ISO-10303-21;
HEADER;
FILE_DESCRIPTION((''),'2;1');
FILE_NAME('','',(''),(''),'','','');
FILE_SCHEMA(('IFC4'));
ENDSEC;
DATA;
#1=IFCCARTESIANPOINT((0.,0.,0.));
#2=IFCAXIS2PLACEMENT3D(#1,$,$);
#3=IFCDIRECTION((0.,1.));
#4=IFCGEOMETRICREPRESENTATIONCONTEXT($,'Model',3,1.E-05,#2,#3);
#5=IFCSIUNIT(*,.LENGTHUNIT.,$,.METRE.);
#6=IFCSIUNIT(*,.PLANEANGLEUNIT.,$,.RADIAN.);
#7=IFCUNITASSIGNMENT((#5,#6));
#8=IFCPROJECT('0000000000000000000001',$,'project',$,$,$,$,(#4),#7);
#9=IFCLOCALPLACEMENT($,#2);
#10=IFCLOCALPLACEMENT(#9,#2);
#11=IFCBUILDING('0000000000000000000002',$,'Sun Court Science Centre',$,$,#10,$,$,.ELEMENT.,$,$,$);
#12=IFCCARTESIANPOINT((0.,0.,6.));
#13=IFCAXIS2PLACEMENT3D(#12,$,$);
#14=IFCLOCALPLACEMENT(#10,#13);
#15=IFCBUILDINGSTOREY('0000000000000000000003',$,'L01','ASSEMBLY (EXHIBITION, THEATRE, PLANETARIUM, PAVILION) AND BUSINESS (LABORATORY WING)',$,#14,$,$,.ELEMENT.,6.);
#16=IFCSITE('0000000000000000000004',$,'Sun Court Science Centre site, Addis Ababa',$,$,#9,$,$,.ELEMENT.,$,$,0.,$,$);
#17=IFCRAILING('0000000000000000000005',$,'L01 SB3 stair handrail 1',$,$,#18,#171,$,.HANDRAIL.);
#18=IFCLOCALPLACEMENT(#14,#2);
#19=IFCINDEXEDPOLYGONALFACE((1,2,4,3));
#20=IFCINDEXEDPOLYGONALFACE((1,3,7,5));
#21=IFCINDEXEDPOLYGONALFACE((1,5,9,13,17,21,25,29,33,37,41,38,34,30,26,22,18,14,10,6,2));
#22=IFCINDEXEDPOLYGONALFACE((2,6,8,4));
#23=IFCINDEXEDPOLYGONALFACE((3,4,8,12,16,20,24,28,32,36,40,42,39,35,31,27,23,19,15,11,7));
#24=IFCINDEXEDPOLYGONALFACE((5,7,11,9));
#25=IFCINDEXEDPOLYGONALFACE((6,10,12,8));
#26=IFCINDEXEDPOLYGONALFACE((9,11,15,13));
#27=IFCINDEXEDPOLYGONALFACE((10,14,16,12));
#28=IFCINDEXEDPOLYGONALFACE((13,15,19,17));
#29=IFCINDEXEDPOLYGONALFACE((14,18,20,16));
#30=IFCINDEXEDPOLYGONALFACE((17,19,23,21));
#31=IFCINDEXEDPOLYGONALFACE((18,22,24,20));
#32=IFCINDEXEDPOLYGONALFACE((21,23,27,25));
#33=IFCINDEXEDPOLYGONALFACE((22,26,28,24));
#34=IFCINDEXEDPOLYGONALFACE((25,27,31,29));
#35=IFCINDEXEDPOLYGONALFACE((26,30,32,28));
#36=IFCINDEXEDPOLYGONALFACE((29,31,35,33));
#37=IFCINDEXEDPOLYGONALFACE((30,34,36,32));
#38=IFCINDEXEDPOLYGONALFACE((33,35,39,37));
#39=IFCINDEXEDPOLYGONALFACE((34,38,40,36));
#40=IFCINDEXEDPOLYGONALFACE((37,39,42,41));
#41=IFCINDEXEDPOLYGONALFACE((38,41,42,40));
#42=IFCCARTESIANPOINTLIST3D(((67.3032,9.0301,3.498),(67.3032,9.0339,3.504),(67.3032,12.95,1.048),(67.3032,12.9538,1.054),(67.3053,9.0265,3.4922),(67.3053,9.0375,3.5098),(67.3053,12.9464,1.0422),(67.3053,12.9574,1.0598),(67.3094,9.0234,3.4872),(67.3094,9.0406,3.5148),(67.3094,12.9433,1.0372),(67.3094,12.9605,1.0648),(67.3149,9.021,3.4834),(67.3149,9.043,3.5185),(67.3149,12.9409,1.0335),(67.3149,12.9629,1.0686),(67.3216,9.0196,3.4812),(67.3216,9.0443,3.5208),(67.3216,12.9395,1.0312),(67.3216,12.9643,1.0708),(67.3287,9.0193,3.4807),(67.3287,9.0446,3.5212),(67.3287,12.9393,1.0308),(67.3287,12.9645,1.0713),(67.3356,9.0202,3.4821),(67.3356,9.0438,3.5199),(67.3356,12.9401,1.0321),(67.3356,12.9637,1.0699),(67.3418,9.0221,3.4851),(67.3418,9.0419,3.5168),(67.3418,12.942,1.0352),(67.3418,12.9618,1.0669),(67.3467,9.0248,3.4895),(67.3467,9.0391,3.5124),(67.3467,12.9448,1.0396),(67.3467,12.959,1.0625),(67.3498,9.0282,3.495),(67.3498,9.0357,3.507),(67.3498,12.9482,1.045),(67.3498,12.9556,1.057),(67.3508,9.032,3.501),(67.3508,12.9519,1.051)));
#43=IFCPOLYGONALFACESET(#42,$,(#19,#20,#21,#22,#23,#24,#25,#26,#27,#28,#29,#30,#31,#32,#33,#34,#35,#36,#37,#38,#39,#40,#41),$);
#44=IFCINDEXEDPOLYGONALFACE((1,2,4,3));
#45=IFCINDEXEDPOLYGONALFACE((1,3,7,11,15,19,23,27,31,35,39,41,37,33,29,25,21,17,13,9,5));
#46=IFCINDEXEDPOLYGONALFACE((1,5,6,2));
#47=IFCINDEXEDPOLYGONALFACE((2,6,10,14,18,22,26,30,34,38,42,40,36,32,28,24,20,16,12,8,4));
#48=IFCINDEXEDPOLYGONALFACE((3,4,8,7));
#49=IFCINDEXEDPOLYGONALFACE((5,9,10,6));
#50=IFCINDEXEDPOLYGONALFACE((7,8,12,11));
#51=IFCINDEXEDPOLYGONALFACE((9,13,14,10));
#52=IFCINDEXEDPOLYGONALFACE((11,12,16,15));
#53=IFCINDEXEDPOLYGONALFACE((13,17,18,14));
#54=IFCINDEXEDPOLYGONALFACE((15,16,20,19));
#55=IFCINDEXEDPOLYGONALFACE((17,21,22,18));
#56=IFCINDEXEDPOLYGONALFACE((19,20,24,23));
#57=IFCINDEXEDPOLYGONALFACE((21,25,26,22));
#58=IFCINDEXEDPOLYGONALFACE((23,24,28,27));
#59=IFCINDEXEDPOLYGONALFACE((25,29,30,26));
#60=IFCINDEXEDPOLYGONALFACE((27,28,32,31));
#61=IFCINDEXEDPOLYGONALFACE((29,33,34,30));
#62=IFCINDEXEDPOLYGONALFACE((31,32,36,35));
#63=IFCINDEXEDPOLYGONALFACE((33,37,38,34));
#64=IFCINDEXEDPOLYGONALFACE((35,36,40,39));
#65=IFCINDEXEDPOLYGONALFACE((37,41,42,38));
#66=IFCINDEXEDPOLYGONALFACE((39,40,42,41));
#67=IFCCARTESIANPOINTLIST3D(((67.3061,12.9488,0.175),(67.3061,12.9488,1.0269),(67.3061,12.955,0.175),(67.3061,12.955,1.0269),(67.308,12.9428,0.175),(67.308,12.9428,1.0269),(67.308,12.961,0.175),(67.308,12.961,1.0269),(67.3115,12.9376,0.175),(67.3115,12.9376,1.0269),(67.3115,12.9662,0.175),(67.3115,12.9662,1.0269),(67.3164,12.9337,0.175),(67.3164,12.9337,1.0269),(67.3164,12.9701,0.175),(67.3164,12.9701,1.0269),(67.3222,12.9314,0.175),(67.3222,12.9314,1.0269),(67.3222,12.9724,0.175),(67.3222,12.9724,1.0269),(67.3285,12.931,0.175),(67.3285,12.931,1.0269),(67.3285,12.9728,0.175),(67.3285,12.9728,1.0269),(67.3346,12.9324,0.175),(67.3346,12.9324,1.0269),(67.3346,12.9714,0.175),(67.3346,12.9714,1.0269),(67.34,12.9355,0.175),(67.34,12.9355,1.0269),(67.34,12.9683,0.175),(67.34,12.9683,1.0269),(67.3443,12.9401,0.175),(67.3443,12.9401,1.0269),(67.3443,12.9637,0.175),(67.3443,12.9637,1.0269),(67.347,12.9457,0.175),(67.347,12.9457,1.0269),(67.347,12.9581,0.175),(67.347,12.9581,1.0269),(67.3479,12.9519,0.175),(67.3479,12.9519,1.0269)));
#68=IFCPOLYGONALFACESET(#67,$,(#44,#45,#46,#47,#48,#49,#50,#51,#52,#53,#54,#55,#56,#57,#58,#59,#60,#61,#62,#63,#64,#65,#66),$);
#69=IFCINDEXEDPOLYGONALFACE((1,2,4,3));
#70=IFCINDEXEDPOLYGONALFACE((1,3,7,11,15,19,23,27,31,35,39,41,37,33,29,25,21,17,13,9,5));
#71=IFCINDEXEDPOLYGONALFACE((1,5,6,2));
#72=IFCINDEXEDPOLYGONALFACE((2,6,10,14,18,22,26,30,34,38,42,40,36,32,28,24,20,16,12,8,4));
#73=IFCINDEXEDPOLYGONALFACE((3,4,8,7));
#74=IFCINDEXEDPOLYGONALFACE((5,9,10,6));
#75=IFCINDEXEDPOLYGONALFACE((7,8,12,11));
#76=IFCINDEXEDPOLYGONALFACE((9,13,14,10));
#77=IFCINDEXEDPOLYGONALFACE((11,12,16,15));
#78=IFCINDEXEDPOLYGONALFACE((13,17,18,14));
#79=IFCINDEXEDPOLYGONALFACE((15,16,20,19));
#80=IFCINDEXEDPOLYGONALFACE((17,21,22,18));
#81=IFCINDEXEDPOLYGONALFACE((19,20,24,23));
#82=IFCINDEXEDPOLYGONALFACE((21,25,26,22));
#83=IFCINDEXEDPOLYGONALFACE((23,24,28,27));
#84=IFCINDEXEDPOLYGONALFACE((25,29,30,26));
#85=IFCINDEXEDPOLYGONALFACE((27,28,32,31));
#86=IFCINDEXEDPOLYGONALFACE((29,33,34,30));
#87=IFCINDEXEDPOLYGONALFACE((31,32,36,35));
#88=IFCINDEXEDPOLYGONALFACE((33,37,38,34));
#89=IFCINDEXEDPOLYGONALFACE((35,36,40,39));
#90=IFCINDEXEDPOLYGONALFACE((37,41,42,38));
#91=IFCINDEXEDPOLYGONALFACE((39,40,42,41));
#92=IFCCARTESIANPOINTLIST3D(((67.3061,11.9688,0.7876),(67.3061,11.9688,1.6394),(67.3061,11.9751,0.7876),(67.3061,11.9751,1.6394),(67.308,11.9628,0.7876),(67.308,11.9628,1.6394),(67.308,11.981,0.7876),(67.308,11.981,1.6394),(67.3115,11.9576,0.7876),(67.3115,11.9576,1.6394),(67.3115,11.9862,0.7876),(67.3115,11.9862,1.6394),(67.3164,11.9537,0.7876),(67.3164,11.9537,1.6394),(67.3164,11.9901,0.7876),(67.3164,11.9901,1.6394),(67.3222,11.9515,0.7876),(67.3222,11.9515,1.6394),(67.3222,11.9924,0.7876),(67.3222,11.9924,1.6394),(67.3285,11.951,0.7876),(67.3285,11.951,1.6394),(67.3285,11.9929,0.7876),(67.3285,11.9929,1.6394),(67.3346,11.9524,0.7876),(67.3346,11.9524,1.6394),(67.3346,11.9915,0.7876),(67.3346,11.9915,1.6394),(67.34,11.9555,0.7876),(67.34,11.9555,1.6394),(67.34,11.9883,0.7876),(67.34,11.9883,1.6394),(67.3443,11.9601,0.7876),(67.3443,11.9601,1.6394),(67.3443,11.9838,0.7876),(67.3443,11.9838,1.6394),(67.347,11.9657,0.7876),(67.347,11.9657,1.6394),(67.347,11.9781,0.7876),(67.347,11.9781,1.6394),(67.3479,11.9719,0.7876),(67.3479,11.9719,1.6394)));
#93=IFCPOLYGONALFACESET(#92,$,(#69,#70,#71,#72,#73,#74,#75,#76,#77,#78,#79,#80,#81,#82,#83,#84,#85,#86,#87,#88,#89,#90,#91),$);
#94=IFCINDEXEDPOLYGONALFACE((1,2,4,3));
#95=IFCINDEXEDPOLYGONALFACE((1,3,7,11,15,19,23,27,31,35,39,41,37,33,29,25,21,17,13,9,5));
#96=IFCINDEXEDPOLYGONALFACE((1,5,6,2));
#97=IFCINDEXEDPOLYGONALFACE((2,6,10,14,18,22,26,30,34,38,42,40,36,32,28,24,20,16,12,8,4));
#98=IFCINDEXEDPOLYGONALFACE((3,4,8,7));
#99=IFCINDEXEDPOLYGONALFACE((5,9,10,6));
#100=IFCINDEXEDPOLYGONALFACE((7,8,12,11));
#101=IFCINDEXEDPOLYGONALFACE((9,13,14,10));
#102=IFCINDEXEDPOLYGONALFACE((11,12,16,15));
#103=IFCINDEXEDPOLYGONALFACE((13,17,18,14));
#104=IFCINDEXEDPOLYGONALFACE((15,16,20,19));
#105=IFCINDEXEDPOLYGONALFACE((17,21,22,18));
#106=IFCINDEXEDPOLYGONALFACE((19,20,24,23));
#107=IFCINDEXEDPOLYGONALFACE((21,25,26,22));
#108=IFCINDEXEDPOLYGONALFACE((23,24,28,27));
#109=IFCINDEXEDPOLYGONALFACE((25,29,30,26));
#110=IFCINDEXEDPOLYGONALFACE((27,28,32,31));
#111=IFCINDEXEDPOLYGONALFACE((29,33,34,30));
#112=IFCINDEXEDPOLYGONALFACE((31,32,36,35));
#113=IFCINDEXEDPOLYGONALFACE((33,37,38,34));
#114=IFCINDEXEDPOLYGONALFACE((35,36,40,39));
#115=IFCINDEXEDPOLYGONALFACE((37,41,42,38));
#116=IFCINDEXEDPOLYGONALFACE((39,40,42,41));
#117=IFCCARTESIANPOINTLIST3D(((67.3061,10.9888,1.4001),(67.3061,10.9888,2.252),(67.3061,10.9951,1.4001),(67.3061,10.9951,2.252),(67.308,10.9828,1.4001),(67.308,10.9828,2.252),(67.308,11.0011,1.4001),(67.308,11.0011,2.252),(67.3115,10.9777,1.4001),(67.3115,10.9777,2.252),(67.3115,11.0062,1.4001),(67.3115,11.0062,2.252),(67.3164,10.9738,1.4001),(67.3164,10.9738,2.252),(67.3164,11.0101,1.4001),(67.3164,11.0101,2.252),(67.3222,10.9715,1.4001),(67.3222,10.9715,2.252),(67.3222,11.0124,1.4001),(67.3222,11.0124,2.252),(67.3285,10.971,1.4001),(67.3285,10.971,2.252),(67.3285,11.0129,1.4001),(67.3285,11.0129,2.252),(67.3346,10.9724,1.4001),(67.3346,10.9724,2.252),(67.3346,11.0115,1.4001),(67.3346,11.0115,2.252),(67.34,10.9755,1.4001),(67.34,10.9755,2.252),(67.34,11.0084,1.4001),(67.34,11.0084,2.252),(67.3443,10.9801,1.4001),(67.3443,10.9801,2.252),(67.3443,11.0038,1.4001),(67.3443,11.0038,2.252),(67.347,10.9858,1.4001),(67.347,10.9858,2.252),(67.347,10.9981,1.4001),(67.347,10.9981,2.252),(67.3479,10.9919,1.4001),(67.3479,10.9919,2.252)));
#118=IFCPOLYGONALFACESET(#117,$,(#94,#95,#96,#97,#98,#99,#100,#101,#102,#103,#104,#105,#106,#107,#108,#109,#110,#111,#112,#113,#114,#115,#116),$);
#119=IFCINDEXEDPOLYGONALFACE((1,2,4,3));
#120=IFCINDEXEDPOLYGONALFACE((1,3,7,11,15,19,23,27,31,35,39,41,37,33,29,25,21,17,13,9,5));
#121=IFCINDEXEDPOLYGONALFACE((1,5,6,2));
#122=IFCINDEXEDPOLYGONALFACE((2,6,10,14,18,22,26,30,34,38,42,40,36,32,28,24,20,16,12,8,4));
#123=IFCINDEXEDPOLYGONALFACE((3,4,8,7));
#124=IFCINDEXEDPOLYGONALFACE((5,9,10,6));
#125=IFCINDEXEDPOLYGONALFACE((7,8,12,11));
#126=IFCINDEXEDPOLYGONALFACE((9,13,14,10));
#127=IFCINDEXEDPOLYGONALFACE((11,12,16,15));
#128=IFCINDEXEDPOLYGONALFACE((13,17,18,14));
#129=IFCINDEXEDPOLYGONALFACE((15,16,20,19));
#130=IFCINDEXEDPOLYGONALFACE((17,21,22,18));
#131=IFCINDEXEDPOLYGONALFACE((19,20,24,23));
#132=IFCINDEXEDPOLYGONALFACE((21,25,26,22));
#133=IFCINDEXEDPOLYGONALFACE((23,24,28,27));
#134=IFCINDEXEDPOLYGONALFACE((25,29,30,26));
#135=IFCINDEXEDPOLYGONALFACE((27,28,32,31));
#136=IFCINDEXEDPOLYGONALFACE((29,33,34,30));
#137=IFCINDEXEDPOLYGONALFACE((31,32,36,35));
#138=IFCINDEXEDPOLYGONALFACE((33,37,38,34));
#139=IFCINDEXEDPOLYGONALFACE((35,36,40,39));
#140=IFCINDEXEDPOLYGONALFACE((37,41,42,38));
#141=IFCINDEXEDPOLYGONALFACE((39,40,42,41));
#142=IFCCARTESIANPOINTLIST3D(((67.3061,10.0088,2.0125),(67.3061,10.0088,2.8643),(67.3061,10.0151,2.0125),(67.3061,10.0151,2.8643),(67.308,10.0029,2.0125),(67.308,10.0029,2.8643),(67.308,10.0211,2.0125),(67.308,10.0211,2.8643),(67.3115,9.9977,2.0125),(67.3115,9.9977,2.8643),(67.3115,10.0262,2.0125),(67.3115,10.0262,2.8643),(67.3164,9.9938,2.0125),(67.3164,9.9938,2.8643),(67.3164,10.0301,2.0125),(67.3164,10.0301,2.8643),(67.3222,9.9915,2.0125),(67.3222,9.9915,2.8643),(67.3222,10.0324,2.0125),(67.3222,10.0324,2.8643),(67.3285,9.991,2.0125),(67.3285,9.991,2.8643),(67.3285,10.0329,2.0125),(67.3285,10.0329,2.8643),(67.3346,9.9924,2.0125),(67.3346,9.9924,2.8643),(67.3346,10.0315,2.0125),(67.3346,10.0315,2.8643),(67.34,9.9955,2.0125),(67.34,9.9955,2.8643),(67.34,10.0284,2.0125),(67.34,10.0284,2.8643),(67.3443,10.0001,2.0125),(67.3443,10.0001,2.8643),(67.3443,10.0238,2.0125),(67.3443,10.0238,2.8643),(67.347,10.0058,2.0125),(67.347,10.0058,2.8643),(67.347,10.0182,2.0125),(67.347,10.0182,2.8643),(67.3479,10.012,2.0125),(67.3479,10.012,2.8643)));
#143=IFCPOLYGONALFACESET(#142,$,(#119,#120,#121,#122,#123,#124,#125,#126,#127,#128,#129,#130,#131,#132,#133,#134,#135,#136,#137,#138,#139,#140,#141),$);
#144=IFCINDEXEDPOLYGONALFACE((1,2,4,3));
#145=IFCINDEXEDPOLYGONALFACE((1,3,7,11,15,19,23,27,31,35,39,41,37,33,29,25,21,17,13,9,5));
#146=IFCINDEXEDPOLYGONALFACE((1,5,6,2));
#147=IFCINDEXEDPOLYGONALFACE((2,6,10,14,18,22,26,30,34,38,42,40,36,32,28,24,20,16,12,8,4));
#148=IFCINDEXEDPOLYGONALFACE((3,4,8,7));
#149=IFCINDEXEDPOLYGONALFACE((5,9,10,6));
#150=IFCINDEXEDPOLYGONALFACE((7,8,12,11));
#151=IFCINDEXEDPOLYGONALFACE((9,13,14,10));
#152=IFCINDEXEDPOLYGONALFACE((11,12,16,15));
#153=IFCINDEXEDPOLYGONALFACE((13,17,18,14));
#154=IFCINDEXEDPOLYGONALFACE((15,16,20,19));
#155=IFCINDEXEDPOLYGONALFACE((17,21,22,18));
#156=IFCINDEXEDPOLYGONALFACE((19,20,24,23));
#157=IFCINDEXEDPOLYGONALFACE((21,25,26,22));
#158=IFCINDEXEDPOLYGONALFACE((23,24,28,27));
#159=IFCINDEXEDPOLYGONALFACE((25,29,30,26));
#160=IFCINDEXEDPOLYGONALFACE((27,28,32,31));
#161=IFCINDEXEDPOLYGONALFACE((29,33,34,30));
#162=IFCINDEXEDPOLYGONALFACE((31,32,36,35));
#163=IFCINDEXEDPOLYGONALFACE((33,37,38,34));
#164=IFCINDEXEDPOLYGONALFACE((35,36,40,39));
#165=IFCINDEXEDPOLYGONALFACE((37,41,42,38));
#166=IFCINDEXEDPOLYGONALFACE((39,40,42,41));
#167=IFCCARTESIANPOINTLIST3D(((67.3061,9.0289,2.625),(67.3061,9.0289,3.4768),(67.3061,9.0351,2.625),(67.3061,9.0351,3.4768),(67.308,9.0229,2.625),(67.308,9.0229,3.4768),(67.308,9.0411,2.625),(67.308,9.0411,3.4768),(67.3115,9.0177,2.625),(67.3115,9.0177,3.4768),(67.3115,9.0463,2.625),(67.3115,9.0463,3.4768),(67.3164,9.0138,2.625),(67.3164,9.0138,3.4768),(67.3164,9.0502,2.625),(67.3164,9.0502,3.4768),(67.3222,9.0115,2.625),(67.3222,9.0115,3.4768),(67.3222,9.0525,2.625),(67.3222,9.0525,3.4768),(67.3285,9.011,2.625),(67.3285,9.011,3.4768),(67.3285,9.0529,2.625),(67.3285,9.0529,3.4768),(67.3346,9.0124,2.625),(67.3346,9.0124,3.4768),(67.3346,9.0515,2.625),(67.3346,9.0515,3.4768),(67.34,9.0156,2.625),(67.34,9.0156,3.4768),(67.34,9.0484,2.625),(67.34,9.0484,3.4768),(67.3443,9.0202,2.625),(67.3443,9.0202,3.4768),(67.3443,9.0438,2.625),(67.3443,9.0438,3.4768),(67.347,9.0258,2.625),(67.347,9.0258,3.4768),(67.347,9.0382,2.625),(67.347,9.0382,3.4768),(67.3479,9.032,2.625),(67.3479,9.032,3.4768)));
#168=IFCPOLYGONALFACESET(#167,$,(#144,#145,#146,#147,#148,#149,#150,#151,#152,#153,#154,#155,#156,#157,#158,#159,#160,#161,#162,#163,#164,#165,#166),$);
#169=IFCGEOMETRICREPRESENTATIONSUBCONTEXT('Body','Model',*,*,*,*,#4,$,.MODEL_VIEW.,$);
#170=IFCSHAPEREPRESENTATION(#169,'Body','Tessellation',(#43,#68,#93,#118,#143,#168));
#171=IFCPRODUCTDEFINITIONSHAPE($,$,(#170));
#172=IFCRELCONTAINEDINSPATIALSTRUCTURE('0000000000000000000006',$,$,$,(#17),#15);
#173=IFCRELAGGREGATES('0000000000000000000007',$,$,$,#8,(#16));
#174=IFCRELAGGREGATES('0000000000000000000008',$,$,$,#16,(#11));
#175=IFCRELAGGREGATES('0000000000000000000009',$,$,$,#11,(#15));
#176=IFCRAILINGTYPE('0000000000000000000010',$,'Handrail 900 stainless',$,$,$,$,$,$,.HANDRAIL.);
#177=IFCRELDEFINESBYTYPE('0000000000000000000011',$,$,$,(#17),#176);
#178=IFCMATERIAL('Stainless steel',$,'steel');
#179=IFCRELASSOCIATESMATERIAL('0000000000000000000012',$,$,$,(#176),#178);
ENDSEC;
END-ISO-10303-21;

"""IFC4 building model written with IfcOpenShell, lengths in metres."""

from ifc_helpers import new_model, si_unit, direction, frame, origin, origin_2d, place, context, subcontext, project, spatial, circle, extrude, material, type_object, element, save


model = new_model("IFC4")

# Units and contexts
model_context = context("Model", 3, precision=1e-05, world=origin(), true_north=direction((0.0, 1.0)))
body_context = subcontext(model_context, "Body", "Model", "MODEL_VIEW")
ifc_project = project(units=[si_unit("LENGTHUNIT", "METRE"), si_unit("PLANEANGLEUNIT", "RADIAN")], contexts=[model_context])

# Site, building, storey
site_placement = place(None, origin())
site = spatial("IfcSite", under=ifc_project, at=site_placement, Name="Sun Court Science Centre site, Addis Ababa", CompositionType="ELEMENT", RefElevation=0.0)
building_placement = place(site_placement, origin())
building = spatial("IfcBuilding", under=site, at=building_placement, Name="Sun Court Science Centre", CompositionType="ELEMENT")
storey_placement = place(building_placement, frame((0.0, 0.0, 6.0)))
storey = spatial("IfcBuildingStorey", under=building, at=storey_placement, Name="L01", Description="ASSEMBLY (EXHIBITION, THEATRE, PLANETARIUM, PAVILION) AND BUSINESS (LABORATORY WING)", CompositionType="ELEMENT", Elevation=6.0)

# Railing
ifc_material_1 = material(Name="Stainless steel", Category="steel")
railing_type_1 = type_object("IfcRailingType", Name="Handrail 900 stainless", PredefinedType="HANDRAIL", material=ifc_material_1)
railing_1_placement = place(storey_placement, frame((67.3269, 12.9519, 0.175)))
element("IfcRailing", 1, at=railing_1_placement, inside=storey, type_object=railing_type_1, Name="L01 SB3 stair handrail 1", PredefinedType="HANDRAIL", context=body_context, shape_type="SweptSolid", body=[
    extrude(circle(Radius=0.0239, at=origin_2d()), frame((0.0, 0.0, 0.876), z_axis=(0.0, -0.847998, 0.529999), x_axis=(1.0, 0.0, 0.0)), (0.0, 0.0, 1.0), 4.6226),
    extrude(circle(Radius=0.021, at=origin_2d()), origin(), (0.0, 0.0, 1.0), 0.8518),
    extrude(circle(Radius=0.021, at=origin_2d()), frame((0.0, -0.98, 0.6125)), (0.0, 0.0, 1.0), 0.8518),
    extrude(circle(Radius=0.021, at=origin_2d()), frame((0.0, -1.96, 1.2251)), (0.0, 0.0, 1.0), 0.8518),
    extrude(circle(Radius=0.021, at=origin_2d()), frame((0.0, -2.9399, 1.8374)), (0.0, 0.0, 1.0), 0.8518),
    extrude(circle(Radius=0.021, at=origin_2d()), frame((0.0, -3.9199, 2.45)), (0.0, 0.0, 1.0), 0.8518),
])

save(model, "model.ifc")
